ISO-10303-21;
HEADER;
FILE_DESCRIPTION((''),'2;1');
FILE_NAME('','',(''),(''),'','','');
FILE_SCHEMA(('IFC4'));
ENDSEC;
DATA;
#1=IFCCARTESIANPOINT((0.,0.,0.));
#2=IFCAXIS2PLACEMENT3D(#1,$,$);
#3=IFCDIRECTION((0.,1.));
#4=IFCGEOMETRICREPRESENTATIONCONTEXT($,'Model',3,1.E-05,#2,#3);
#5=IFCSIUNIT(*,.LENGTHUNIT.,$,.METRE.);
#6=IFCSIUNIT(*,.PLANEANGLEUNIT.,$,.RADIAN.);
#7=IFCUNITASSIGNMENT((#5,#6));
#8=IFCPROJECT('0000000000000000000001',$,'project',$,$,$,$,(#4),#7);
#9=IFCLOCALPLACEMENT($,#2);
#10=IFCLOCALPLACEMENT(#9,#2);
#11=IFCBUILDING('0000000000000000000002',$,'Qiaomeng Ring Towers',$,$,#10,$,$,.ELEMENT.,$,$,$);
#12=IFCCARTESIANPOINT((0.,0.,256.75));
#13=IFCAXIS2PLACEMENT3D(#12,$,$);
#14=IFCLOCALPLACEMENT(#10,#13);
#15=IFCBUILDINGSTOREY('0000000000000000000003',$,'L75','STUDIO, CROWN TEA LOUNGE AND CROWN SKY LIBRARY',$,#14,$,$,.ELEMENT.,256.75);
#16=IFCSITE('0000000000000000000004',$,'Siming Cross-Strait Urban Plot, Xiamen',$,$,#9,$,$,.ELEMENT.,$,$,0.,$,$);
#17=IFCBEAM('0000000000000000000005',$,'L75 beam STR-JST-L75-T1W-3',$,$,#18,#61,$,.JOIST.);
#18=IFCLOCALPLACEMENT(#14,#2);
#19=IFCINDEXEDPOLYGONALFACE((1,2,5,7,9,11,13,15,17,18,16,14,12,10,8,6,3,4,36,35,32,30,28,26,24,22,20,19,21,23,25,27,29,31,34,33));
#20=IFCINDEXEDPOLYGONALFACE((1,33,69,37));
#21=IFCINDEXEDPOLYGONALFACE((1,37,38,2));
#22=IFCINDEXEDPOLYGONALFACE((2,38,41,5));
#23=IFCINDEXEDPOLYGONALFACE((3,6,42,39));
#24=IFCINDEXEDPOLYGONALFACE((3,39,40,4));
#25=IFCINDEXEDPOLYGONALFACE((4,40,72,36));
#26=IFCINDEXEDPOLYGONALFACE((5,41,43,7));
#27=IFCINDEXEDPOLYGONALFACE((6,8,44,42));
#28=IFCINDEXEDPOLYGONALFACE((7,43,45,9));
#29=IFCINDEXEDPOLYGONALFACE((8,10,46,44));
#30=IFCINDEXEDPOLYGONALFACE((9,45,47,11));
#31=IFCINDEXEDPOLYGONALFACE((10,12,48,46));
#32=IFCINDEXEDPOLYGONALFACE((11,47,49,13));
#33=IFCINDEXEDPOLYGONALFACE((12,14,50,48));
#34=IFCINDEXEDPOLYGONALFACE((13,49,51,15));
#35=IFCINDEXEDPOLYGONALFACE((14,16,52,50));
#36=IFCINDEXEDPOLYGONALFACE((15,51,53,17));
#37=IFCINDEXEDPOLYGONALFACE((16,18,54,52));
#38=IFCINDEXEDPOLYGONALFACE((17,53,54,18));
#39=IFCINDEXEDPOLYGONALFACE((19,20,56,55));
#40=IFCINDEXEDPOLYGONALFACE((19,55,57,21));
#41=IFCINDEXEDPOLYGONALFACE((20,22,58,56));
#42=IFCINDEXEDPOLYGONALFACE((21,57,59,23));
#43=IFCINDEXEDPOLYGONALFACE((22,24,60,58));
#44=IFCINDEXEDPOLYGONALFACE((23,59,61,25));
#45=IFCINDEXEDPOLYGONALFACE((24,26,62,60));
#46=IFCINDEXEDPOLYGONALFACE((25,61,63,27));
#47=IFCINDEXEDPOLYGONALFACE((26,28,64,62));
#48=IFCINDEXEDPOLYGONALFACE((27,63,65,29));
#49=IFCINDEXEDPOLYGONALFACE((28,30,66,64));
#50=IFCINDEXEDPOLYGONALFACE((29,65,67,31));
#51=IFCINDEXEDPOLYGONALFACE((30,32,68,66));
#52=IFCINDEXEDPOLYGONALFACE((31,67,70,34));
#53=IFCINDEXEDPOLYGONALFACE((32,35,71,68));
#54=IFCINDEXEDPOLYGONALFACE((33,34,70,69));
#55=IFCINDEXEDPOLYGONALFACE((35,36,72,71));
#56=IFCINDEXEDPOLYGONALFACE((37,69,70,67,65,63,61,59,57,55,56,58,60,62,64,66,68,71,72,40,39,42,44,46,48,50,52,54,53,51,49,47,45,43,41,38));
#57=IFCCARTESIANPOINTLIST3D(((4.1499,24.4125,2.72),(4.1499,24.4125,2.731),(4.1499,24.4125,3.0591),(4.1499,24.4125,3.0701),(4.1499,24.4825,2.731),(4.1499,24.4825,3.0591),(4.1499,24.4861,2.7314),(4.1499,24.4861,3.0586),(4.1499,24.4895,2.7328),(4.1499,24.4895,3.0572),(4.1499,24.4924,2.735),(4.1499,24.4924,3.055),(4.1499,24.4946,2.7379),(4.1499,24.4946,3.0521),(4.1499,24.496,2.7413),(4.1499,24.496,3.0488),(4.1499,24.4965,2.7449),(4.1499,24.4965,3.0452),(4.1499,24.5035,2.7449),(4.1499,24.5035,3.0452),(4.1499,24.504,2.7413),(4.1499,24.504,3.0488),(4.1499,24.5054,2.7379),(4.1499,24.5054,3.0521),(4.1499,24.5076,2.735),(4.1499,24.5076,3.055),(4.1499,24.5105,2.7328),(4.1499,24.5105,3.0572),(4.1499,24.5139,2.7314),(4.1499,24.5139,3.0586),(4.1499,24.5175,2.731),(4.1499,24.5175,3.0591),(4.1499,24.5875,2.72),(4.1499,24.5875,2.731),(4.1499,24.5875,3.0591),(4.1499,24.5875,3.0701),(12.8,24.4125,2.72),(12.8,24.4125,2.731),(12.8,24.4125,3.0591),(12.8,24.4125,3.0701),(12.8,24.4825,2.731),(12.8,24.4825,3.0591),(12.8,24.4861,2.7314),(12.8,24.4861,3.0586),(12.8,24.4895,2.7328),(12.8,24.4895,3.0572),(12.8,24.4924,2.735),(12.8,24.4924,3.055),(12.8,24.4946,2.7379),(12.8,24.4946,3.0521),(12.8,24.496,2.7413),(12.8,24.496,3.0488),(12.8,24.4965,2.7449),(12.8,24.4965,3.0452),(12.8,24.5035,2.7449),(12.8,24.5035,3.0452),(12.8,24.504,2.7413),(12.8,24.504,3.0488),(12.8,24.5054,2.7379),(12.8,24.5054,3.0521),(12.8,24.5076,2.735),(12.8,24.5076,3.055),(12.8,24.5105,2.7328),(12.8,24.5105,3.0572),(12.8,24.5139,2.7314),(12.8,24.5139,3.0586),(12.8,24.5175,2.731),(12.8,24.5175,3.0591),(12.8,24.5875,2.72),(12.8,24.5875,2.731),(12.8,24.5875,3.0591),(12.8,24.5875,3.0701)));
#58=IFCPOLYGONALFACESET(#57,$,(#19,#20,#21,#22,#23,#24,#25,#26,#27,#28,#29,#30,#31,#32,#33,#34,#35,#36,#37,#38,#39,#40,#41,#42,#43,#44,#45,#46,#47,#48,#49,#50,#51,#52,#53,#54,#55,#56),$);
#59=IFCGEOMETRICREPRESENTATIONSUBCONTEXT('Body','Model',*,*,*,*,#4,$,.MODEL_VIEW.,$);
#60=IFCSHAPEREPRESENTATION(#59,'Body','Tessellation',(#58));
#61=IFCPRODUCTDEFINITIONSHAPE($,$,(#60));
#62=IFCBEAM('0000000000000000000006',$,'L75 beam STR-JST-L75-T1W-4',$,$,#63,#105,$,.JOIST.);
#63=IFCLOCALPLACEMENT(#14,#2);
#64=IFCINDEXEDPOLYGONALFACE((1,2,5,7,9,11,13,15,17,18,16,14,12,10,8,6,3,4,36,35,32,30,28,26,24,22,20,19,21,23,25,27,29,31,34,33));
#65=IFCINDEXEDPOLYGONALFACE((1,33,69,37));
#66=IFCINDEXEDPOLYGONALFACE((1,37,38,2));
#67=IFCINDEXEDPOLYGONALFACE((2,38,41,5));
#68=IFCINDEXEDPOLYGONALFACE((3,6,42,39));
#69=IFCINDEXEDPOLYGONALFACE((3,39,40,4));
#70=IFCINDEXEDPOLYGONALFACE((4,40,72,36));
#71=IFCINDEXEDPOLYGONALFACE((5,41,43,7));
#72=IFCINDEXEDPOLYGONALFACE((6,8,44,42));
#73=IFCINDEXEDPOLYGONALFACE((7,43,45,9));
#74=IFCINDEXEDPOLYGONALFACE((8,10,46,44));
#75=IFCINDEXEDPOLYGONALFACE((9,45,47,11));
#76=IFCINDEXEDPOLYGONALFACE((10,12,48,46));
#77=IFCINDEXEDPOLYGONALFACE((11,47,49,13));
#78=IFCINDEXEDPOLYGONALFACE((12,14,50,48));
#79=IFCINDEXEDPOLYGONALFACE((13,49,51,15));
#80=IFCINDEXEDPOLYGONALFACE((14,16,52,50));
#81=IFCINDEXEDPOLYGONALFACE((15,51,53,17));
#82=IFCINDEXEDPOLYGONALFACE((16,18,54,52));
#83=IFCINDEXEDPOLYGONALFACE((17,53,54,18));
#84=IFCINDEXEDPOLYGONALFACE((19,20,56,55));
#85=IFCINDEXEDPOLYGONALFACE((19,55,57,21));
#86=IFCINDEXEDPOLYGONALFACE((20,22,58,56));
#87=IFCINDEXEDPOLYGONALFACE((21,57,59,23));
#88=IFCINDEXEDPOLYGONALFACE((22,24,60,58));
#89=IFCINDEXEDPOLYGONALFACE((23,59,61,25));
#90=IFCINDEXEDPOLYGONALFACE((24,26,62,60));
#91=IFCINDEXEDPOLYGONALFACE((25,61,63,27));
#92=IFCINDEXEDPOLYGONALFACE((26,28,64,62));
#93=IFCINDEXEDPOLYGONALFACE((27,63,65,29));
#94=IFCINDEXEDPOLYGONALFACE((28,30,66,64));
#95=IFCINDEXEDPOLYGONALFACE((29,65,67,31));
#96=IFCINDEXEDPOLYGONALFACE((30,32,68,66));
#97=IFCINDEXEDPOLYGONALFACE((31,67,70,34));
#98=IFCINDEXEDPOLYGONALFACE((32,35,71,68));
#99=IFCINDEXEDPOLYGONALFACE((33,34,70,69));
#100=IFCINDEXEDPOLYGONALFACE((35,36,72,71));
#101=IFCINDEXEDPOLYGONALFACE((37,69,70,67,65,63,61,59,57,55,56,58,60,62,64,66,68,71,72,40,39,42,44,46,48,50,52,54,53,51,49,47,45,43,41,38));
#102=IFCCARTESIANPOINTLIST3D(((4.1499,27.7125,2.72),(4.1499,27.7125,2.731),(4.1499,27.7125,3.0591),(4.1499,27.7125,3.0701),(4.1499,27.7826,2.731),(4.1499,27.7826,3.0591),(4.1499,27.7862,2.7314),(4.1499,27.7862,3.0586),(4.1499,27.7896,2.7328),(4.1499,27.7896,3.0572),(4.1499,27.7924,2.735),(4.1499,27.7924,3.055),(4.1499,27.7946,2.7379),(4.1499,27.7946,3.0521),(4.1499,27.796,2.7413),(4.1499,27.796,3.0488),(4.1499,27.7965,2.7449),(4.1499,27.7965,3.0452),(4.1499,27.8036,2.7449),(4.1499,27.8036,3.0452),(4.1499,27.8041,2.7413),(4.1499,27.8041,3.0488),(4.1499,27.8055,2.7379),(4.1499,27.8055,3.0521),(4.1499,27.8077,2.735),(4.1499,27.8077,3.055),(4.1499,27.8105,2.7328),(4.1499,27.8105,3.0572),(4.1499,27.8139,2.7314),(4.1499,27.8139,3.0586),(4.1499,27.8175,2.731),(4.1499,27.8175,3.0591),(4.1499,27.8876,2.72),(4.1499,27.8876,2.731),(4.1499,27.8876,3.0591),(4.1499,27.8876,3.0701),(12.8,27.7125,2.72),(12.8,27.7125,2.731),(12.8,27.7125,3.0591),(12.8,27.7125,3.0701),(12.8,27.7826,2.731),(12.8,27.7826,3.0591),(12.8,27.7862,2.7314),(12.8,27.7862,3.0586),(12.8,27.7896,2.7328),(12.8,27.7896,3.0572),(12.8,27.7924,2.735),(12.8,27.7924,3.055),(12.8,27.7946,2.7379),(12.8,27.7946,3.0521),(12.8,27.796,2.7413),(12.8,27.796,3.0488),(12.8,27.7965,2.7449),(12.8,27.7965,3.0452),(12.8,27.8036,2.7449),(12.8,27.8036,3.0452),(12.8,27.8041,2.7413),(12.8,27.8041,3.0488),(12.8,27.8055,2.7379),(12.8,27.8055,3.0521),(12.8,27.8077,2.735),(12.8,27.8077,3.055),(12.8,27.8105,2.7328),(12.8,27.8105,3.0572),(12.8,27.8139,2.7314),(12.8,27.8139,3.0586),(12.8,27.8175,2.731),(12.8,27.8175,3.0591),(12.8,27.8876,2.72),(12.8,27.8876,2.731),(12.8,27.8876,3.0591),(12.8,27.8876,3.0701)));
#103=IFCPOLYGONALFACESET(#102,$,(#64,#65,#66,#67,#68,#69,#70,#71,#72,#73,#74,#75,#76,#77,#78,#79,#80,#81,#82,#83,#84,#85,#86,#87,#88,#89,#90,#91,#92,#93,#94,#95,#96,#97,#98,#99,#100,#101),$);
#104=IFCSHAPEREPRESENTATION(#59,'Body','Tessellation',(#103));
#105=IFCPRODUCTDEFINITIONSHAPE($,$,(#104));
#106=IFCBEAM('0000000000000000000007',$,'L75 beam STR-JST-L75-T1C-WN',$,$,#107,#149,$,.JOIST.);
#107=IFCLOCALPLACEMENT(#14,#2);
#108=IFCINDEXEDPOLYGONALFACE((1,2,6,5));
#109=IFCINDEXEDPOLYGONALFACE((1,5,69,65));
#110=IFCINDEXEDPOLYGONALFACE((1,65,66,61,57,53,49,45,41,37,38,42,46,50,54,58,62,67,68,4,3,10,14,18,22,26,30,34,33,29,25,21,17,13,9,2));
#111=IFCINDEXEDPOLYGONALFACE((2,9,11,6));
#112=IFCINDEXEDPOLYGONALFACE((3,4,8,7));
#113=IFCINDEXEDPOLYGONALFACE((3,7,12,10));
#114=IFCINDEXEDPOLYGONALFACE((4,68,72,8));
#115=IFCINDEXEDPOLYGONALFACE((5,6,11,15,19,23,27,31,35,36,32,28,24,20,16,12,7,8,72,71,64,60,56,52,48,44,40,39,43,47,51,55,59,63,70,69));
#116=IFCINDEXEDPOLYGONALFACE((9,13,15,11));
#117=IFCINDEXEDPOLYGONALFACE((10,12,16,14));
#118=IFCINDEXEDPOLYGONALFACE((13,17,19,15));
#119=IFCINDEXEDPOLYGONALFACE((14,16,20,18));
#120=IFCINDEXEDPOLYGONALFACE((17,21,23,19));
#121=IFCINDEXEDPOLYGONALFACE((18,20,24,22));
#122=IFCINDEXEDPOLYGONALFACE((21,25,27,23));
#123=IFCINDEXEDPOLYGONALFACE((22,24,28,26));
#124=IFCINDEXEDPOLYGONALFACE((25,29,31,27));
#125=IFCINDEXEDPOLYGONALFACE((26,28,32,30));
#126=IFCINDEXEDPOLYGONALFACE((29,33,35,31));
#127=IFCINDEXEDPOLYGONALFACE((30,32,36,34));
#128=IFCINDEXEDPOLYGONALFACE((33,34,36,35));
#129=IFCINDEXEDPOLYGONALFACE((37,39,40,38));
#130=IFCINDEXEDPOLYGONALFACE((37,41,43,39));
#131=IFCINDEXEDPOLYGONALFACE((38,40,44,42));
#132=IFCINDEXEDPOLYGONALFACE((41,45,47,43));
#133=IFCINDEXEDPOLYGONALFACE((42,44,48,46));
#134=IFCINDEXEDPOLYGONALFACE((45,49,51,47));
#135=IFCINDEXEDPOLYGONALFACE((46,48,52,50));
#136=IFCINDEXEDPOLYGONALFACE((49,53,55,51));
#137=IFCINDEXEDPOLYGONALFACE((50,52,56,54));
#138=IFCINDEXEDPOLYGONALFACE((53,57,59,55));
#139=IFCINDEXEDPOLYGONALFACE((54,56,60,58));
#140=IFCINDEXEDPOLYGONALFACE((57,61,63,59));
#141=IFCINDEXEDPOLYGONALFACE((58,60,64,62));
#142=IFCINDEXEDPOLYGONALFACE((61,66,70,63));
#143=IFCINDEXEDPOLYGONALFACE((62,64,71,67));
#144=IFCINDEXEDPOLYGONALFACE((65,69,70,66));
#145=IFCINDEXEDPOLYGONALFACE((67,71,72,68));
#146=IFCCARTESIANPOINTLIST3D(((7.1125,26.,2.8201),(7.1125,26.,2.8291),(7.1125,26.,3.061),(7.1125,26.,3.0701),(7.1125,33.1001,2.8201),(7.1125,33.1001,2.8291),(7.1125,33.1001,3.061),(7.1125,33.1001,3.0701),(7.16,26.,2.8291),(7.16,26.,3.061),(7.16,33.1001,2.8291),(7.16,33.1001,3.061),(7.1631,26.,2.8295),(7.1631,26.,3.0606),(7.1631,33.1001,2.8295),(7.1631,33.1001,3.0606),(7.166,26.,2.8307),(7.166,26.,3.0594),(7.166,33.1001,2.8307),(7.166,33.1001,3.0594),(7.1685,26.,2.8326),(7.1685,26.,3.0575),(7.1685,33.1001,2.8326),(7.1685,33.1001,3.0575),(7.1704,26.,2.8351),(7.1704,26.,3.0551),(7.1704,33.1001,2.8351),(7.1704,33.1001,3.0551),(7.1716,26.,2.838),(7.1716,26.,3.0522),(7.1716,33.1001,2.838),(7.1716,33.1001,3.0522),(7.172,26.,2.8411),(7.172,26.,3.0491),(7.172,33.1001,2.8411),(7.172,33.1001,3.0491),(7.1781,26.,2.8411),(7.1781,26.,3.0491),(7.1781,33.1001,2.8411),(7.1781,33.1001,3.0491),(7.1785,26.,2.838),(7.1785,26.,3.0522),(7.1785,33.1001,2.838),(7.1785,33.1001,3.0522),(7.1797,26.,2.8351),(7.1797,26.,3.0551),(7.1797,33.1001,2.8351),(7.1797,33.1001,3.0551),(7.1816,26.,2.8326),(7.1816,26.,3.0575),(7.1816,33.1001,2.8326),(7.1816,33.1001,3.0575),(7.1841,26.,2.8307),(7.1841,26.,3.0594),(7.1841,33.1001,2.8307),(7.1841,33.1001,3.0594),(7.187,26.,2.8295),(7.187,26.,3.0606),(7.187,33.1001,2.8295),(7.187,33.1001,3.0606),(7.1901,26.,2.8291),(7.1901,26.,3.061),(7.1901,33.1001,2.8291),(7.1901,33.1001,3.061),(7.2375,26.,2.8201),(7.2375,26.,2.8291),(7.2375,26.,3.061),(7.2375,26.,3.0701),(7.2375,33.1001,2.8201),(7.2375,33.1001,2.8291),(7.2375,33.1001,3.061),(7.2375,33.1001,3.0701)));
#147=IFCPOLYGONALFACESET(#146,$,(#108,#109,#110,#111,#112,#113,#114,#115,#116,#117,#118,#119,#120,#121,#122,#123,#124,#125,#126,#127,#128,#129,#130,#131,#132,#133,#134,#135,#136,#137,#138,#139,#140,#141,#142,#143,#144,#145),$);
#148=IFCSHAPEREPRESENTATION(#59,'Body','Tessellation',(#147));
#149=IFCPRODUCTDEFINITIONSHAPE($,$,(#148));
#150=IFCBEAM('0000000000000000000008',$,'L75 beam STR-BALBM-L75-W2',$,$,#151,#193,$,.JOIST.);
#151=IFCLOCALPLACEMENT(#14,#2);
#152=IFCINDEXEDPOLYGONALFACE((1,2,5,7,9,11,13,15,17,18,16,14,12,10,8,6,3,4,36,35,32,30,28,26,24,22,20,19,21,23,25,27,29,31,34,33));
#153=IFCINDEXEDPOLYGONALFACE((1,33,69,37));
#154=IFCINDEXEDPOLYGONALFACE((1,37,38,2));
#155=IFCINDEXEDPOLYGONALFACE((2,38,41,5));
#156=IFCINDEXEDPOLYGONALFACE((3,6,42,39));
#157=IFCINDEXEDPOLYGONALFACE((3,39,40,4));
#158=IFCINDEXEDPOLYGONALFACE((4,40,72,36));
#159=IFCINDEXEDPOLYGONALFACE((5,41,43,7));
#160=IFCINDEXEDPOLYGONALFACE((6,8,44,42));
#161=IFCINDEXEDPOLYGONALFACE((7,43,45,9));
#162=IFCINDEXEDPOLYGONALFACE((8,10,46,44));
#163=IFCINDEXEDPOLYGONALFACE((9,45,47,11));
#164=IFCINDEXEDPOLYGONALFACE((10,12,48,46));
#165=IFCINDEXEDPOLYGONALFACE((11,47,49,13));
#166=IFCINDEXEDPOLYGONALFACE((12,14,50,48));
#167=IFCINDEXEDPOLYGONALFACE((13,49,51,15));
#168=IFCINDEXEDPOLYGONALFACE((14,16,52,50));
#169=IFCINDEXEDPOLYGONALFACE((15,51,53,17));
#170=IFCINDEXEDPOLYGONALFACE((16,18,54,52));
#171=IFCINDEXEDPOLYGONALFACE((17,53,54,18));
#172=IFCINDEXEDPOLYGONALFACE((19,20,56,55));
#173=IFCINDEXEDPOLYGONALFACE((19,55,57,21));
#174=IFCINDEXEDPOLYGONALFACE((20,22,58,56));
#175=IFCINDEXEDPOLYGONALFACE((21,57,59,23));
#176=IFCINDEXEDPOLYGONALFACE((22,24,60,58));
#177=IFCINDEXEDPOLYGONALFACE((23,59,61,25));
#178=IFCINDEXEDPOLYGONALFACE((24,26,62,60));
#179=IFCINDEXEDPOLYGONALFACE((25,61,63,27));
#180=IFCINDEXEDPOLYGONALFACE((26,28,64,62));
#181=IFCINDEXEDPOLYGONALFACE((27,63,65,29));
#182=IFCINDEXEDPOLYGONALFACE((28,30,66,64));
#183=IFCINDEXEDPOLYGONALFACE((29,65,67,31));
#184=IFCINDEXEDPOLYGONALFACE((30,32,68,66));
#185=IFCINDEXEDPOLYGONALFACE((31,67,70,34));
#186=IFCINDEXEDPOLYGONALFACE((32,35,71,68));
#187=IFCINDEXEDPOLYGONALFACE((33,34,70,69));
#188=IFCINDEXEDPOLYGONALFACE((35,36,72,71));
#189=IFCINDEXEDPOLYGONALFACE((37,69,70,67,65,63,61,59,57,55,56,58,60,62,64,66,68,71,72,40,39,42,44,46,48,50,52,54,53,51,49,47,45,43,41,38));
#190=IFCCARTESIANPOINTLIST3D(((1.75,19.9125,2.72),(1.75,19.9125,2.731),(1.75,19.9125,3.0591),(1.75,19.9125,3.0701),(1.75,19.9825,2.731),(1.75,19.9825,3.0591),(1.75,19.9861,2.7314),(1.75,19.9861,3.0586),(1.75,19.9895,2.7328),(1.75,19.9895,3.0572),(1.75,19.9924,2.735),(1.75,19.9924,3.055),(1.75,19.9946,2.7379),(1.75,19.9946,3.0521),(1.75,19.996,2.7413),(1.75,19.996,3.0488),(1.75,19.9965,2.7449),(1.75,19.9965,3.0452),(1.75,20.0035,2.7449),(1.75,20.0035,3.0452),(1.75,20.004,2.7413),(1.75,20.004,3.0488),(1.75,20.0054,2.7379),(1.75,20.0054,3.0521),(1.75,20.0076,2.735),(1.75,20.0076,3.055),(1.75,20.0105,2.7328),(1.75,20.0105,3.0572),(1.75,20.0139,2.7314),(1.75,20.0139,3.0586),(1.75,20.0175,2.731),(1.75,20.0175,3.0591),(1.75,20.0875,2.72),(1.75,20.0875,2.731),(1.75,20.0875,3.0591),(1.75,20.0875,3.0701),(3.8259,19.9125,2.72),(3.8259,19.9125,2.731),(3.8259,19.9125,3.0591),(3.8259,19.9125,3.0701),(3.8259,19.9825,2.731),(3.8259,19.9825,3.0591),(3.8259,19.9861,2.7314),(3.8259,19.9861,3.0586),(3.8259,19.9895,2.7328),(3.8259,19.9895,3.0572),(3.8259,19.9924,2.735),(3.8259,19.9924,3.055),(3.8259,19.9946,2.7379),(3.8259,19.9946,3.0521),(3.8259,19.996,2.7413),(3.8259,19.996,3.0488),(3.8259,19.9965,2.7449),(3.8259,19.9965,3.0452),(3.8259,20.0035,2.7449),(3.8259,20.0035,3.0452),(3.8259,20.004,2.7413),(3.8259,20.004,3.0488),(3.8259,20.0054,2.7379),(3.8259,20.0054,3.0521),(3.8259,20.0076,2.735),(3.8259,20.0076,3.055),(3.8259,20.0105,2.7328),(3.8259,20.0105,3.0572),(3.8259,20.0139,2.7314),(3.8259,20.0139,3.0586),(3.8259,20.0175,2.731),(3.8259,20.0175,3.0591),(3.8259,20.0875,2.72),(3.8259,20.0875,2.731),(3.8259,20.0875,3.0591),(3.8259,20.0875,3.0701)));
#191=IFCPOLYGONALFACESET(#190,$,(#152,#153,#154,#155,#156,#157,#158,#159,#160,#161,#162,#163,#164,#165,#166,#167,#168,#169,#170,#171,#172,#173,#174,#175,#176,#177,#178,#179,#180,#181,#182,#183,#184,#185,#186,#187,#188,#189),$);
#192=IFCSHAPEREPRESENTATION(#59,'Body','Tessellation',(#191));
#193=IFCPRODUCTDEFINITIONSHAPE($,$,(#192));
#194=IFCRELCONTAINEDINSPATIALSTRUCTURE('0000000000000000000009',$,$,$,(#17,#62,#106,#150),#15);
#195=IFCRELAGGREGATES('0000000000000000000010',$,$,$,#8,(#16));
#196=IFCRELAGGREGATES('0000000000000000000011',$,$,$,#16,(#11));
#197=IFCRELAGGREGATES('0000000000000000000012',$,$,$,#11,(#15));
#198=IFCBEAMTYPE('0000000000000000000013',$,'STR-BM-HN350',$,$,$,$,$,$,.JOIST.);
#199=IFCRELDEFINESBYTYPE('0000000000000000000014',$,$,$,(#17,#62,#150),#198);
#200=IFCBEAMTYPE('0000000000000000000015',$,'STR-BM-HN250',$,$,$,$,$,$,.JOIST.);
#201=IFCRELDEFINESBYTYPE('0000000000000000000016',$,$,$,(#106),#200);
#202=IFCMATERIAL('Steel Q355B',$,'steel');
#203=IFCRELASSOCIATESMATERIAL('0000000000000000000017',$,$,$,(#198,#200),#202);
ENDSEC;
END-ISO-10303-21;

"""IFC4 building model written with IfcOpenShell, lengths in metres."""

from ifc_helpers import new_model, si_unit, direction, frame, origin, origin_2d, place, context, subcontext, project, spatial, i_section, extrude, source, transform, mapped, material, material_profile, profile_set, type_object, element, save


model = new_model("IFC4")

# Units and contexts
model_context = context("Model", 3, precision=1e-05, world=origin(), true_north=direction((0.0, 1.0)))
body_context = subcontext(model_context, "Body", "Model", "MODEL_VIEW")
ifc_project = project(units=[si_unit("LENGTHUNIT", "METRE"), si_unit("PLANEANGLEUNIT", "RADIAN")], contexts=[model_context])

# Site, building, storey
site_placement = place(None, origin())
site = spatial("IfcSite", under=ifc_project, at=site_placement, Name="Siming Cross-Strait Urban Plot, Xiamen", CompositionType="ELEMENT", RefElevation=0.0)
building_placement = place(site_placement, origin())
building = spatial("IfcBuilding", under=site, at=building_placement, Name="Qiaomeng Ring Towers", CompositionType="ELEMENT")
storey_placement = place(building_placement, frame((0.0, 0.0, 256.75)))
storey = spatial("IfcBuildingStorey", under=building, at=storey_placement, Name="L75", Description="STUDIO, CROWN TEA LOUNGE AND CROWN SKY LIBRARY", CompositionType="ELEMENT", Elevation=256.75)

# Beams
ifc_material_1 = material(Name="Steel Q355B", Category="steel")
ifc_material_profile_1 = material_profile(ifc_material_1, i_section(OverallWidth=0.175, OverallDepth=0.3501, WebThickness=0.0071, FlangeThickness=0.011, FilletRadius=0.0139, at=origin_2d()), Name="HN 350x175x7x11")
ifc_profile_set_1 = profile_set([ifc_material_profile_1], Name="Steel Q355B")
beam_type_1 = type_object("IfcBeamType", Name="STR-BM-HN350", PredefinedType="JOIST", material=ifc_profile_set_1)
shared_shape_1 = source(origin(), body_context, "Body", "SweptSolid", [
    extrude(i_section(OverallWidth=0.175, OverallDepth=0.3501, WebThickness=0.0071, FlangeThickness=0.011, FilletRadius=0.0139, at=origin_2d()), origin(), (0.0, 0.0, 1.0), 8.6501),
])
for number, where, z_axis, x_axis, name in (
    (1, (4.1499, 24.5, 2.895), (1.0, 0.0, 0.0), (0.0, 1.0, 0.0), "L75 beam STR-JST-L75-T1W-3"),
    (2, (4.1499, 27.8, 2.895), (1.0, 0.0, 0.0), (0.0, 1.0, 0.0), "L75 beam STR-JST-L75-T1W-4"),
):
    element("IfcBeam", number, at=place(storey_placement, frame(where, z_axis=z_axis, x_axis=x_axis)), inside=storey, type_object=beam_type_1, Name=name, PredefinedType="JOIST", context=body_context, shape_type="MappedRepresentation", body=[
        mapped(shared_shape_1, transform((0.0, 0.0, 0.0), x_axis=(1.0, 0.0, 0.0), y_axis=(0.0, 1.0, 0.0), z_axis=(0.0, 0.0, 1.0), scale=1.0)),
    ])
ifc_material_profile_2 = material_profile(ifc_material_1, i_section(OverallWidth=0.125, OverallDepth=0.25, WebThickness=0.0061, FlangeThickness=0.009, FilletRadius=0.012, at=origin_2d()), Name="HN 250x125x6x9")
ifc_profile_set_2 = profile_set([ifc_material_profile_2], Name="Steel Q355B")
beam_type_2 = type_object("IfcBeamType", Name="STR-BM-HN250", PredefinedType="JOIST", material=ifc_profile_set_2)
shared_shape_2 = source(origin(), body_context, "Body", "SweptSolid", [
    extrude(i_section(OverallWidth=0.125, OverallDepth=0.25, WebThickness=0.0061, FlangeThickness=0.009, FilletRadius=0.012, at=origin_2d()), origin(), (0.0, 0.0, 1.0), 7.1001),
])
beam_1_placement = place(storey_placement, frame((7.175, 26.0, 2.9451), z_axis=(0.0, 1.0, 0.0), x_axis=(-1.0, 0.0, 0.0)))
element("IfcBeam", 3, at=beam_1_placement, inside=storey, type_object=beam_type_2, Name="L75 beam STR-JST-L75-T1C-WN", PredefinedType="JOIST", context=body_context, shape_type="MappedRepresentation", body=[
    mapped(shared_shape_2, transform((0.0, 0.0, 0.0), x_axis=(1.0, 0.0, 0.0), y_axis=(0.0, 1.0, 0.0), z_axis=(0.0, 0.0, 1.0), scale=1.0)),
])
shared_shape_3 = source(origin(), body_context, "Body", "SweptSolid", [
    extrude(i_section(OverallWidth=0.175, OverallDepth=0.3501, WebThickness=0.0071, FlangeThickness=0.011, FilletRadius=0.0139, at=origin_2d()), origin(), (0.0, 0.0, 1.0), 2.0759),
])
for number, where, z_axis, x_axis, name in (
    (4, (1.75, 20.0, 2.895), (1.0, 0.0, 0.0), (0.0, 1.0, 0.0), "L75 beam STR-BALBM-L75-W2"),
):
    element("IfcBeam", number, at=place(storey_placement, frame(where, z_axis=z_axis, x_axis=x_axis)), inside=storey, type_object=beam_type_1, Name=name, PredefinedType="JOIST", context=body_context, shape_type="MappedRepresentation", body=[
        mapped(shared_shape_3, transform((0.0, 0.0, 0.0), x_axis=(1.0, 0.0, 0.0), y_axis=(0.0, 1.0, 0.0), z_axis=(0.0, 0.0, 1.0), scale=1.0)),
    ])

save(model, "model.ifc")
